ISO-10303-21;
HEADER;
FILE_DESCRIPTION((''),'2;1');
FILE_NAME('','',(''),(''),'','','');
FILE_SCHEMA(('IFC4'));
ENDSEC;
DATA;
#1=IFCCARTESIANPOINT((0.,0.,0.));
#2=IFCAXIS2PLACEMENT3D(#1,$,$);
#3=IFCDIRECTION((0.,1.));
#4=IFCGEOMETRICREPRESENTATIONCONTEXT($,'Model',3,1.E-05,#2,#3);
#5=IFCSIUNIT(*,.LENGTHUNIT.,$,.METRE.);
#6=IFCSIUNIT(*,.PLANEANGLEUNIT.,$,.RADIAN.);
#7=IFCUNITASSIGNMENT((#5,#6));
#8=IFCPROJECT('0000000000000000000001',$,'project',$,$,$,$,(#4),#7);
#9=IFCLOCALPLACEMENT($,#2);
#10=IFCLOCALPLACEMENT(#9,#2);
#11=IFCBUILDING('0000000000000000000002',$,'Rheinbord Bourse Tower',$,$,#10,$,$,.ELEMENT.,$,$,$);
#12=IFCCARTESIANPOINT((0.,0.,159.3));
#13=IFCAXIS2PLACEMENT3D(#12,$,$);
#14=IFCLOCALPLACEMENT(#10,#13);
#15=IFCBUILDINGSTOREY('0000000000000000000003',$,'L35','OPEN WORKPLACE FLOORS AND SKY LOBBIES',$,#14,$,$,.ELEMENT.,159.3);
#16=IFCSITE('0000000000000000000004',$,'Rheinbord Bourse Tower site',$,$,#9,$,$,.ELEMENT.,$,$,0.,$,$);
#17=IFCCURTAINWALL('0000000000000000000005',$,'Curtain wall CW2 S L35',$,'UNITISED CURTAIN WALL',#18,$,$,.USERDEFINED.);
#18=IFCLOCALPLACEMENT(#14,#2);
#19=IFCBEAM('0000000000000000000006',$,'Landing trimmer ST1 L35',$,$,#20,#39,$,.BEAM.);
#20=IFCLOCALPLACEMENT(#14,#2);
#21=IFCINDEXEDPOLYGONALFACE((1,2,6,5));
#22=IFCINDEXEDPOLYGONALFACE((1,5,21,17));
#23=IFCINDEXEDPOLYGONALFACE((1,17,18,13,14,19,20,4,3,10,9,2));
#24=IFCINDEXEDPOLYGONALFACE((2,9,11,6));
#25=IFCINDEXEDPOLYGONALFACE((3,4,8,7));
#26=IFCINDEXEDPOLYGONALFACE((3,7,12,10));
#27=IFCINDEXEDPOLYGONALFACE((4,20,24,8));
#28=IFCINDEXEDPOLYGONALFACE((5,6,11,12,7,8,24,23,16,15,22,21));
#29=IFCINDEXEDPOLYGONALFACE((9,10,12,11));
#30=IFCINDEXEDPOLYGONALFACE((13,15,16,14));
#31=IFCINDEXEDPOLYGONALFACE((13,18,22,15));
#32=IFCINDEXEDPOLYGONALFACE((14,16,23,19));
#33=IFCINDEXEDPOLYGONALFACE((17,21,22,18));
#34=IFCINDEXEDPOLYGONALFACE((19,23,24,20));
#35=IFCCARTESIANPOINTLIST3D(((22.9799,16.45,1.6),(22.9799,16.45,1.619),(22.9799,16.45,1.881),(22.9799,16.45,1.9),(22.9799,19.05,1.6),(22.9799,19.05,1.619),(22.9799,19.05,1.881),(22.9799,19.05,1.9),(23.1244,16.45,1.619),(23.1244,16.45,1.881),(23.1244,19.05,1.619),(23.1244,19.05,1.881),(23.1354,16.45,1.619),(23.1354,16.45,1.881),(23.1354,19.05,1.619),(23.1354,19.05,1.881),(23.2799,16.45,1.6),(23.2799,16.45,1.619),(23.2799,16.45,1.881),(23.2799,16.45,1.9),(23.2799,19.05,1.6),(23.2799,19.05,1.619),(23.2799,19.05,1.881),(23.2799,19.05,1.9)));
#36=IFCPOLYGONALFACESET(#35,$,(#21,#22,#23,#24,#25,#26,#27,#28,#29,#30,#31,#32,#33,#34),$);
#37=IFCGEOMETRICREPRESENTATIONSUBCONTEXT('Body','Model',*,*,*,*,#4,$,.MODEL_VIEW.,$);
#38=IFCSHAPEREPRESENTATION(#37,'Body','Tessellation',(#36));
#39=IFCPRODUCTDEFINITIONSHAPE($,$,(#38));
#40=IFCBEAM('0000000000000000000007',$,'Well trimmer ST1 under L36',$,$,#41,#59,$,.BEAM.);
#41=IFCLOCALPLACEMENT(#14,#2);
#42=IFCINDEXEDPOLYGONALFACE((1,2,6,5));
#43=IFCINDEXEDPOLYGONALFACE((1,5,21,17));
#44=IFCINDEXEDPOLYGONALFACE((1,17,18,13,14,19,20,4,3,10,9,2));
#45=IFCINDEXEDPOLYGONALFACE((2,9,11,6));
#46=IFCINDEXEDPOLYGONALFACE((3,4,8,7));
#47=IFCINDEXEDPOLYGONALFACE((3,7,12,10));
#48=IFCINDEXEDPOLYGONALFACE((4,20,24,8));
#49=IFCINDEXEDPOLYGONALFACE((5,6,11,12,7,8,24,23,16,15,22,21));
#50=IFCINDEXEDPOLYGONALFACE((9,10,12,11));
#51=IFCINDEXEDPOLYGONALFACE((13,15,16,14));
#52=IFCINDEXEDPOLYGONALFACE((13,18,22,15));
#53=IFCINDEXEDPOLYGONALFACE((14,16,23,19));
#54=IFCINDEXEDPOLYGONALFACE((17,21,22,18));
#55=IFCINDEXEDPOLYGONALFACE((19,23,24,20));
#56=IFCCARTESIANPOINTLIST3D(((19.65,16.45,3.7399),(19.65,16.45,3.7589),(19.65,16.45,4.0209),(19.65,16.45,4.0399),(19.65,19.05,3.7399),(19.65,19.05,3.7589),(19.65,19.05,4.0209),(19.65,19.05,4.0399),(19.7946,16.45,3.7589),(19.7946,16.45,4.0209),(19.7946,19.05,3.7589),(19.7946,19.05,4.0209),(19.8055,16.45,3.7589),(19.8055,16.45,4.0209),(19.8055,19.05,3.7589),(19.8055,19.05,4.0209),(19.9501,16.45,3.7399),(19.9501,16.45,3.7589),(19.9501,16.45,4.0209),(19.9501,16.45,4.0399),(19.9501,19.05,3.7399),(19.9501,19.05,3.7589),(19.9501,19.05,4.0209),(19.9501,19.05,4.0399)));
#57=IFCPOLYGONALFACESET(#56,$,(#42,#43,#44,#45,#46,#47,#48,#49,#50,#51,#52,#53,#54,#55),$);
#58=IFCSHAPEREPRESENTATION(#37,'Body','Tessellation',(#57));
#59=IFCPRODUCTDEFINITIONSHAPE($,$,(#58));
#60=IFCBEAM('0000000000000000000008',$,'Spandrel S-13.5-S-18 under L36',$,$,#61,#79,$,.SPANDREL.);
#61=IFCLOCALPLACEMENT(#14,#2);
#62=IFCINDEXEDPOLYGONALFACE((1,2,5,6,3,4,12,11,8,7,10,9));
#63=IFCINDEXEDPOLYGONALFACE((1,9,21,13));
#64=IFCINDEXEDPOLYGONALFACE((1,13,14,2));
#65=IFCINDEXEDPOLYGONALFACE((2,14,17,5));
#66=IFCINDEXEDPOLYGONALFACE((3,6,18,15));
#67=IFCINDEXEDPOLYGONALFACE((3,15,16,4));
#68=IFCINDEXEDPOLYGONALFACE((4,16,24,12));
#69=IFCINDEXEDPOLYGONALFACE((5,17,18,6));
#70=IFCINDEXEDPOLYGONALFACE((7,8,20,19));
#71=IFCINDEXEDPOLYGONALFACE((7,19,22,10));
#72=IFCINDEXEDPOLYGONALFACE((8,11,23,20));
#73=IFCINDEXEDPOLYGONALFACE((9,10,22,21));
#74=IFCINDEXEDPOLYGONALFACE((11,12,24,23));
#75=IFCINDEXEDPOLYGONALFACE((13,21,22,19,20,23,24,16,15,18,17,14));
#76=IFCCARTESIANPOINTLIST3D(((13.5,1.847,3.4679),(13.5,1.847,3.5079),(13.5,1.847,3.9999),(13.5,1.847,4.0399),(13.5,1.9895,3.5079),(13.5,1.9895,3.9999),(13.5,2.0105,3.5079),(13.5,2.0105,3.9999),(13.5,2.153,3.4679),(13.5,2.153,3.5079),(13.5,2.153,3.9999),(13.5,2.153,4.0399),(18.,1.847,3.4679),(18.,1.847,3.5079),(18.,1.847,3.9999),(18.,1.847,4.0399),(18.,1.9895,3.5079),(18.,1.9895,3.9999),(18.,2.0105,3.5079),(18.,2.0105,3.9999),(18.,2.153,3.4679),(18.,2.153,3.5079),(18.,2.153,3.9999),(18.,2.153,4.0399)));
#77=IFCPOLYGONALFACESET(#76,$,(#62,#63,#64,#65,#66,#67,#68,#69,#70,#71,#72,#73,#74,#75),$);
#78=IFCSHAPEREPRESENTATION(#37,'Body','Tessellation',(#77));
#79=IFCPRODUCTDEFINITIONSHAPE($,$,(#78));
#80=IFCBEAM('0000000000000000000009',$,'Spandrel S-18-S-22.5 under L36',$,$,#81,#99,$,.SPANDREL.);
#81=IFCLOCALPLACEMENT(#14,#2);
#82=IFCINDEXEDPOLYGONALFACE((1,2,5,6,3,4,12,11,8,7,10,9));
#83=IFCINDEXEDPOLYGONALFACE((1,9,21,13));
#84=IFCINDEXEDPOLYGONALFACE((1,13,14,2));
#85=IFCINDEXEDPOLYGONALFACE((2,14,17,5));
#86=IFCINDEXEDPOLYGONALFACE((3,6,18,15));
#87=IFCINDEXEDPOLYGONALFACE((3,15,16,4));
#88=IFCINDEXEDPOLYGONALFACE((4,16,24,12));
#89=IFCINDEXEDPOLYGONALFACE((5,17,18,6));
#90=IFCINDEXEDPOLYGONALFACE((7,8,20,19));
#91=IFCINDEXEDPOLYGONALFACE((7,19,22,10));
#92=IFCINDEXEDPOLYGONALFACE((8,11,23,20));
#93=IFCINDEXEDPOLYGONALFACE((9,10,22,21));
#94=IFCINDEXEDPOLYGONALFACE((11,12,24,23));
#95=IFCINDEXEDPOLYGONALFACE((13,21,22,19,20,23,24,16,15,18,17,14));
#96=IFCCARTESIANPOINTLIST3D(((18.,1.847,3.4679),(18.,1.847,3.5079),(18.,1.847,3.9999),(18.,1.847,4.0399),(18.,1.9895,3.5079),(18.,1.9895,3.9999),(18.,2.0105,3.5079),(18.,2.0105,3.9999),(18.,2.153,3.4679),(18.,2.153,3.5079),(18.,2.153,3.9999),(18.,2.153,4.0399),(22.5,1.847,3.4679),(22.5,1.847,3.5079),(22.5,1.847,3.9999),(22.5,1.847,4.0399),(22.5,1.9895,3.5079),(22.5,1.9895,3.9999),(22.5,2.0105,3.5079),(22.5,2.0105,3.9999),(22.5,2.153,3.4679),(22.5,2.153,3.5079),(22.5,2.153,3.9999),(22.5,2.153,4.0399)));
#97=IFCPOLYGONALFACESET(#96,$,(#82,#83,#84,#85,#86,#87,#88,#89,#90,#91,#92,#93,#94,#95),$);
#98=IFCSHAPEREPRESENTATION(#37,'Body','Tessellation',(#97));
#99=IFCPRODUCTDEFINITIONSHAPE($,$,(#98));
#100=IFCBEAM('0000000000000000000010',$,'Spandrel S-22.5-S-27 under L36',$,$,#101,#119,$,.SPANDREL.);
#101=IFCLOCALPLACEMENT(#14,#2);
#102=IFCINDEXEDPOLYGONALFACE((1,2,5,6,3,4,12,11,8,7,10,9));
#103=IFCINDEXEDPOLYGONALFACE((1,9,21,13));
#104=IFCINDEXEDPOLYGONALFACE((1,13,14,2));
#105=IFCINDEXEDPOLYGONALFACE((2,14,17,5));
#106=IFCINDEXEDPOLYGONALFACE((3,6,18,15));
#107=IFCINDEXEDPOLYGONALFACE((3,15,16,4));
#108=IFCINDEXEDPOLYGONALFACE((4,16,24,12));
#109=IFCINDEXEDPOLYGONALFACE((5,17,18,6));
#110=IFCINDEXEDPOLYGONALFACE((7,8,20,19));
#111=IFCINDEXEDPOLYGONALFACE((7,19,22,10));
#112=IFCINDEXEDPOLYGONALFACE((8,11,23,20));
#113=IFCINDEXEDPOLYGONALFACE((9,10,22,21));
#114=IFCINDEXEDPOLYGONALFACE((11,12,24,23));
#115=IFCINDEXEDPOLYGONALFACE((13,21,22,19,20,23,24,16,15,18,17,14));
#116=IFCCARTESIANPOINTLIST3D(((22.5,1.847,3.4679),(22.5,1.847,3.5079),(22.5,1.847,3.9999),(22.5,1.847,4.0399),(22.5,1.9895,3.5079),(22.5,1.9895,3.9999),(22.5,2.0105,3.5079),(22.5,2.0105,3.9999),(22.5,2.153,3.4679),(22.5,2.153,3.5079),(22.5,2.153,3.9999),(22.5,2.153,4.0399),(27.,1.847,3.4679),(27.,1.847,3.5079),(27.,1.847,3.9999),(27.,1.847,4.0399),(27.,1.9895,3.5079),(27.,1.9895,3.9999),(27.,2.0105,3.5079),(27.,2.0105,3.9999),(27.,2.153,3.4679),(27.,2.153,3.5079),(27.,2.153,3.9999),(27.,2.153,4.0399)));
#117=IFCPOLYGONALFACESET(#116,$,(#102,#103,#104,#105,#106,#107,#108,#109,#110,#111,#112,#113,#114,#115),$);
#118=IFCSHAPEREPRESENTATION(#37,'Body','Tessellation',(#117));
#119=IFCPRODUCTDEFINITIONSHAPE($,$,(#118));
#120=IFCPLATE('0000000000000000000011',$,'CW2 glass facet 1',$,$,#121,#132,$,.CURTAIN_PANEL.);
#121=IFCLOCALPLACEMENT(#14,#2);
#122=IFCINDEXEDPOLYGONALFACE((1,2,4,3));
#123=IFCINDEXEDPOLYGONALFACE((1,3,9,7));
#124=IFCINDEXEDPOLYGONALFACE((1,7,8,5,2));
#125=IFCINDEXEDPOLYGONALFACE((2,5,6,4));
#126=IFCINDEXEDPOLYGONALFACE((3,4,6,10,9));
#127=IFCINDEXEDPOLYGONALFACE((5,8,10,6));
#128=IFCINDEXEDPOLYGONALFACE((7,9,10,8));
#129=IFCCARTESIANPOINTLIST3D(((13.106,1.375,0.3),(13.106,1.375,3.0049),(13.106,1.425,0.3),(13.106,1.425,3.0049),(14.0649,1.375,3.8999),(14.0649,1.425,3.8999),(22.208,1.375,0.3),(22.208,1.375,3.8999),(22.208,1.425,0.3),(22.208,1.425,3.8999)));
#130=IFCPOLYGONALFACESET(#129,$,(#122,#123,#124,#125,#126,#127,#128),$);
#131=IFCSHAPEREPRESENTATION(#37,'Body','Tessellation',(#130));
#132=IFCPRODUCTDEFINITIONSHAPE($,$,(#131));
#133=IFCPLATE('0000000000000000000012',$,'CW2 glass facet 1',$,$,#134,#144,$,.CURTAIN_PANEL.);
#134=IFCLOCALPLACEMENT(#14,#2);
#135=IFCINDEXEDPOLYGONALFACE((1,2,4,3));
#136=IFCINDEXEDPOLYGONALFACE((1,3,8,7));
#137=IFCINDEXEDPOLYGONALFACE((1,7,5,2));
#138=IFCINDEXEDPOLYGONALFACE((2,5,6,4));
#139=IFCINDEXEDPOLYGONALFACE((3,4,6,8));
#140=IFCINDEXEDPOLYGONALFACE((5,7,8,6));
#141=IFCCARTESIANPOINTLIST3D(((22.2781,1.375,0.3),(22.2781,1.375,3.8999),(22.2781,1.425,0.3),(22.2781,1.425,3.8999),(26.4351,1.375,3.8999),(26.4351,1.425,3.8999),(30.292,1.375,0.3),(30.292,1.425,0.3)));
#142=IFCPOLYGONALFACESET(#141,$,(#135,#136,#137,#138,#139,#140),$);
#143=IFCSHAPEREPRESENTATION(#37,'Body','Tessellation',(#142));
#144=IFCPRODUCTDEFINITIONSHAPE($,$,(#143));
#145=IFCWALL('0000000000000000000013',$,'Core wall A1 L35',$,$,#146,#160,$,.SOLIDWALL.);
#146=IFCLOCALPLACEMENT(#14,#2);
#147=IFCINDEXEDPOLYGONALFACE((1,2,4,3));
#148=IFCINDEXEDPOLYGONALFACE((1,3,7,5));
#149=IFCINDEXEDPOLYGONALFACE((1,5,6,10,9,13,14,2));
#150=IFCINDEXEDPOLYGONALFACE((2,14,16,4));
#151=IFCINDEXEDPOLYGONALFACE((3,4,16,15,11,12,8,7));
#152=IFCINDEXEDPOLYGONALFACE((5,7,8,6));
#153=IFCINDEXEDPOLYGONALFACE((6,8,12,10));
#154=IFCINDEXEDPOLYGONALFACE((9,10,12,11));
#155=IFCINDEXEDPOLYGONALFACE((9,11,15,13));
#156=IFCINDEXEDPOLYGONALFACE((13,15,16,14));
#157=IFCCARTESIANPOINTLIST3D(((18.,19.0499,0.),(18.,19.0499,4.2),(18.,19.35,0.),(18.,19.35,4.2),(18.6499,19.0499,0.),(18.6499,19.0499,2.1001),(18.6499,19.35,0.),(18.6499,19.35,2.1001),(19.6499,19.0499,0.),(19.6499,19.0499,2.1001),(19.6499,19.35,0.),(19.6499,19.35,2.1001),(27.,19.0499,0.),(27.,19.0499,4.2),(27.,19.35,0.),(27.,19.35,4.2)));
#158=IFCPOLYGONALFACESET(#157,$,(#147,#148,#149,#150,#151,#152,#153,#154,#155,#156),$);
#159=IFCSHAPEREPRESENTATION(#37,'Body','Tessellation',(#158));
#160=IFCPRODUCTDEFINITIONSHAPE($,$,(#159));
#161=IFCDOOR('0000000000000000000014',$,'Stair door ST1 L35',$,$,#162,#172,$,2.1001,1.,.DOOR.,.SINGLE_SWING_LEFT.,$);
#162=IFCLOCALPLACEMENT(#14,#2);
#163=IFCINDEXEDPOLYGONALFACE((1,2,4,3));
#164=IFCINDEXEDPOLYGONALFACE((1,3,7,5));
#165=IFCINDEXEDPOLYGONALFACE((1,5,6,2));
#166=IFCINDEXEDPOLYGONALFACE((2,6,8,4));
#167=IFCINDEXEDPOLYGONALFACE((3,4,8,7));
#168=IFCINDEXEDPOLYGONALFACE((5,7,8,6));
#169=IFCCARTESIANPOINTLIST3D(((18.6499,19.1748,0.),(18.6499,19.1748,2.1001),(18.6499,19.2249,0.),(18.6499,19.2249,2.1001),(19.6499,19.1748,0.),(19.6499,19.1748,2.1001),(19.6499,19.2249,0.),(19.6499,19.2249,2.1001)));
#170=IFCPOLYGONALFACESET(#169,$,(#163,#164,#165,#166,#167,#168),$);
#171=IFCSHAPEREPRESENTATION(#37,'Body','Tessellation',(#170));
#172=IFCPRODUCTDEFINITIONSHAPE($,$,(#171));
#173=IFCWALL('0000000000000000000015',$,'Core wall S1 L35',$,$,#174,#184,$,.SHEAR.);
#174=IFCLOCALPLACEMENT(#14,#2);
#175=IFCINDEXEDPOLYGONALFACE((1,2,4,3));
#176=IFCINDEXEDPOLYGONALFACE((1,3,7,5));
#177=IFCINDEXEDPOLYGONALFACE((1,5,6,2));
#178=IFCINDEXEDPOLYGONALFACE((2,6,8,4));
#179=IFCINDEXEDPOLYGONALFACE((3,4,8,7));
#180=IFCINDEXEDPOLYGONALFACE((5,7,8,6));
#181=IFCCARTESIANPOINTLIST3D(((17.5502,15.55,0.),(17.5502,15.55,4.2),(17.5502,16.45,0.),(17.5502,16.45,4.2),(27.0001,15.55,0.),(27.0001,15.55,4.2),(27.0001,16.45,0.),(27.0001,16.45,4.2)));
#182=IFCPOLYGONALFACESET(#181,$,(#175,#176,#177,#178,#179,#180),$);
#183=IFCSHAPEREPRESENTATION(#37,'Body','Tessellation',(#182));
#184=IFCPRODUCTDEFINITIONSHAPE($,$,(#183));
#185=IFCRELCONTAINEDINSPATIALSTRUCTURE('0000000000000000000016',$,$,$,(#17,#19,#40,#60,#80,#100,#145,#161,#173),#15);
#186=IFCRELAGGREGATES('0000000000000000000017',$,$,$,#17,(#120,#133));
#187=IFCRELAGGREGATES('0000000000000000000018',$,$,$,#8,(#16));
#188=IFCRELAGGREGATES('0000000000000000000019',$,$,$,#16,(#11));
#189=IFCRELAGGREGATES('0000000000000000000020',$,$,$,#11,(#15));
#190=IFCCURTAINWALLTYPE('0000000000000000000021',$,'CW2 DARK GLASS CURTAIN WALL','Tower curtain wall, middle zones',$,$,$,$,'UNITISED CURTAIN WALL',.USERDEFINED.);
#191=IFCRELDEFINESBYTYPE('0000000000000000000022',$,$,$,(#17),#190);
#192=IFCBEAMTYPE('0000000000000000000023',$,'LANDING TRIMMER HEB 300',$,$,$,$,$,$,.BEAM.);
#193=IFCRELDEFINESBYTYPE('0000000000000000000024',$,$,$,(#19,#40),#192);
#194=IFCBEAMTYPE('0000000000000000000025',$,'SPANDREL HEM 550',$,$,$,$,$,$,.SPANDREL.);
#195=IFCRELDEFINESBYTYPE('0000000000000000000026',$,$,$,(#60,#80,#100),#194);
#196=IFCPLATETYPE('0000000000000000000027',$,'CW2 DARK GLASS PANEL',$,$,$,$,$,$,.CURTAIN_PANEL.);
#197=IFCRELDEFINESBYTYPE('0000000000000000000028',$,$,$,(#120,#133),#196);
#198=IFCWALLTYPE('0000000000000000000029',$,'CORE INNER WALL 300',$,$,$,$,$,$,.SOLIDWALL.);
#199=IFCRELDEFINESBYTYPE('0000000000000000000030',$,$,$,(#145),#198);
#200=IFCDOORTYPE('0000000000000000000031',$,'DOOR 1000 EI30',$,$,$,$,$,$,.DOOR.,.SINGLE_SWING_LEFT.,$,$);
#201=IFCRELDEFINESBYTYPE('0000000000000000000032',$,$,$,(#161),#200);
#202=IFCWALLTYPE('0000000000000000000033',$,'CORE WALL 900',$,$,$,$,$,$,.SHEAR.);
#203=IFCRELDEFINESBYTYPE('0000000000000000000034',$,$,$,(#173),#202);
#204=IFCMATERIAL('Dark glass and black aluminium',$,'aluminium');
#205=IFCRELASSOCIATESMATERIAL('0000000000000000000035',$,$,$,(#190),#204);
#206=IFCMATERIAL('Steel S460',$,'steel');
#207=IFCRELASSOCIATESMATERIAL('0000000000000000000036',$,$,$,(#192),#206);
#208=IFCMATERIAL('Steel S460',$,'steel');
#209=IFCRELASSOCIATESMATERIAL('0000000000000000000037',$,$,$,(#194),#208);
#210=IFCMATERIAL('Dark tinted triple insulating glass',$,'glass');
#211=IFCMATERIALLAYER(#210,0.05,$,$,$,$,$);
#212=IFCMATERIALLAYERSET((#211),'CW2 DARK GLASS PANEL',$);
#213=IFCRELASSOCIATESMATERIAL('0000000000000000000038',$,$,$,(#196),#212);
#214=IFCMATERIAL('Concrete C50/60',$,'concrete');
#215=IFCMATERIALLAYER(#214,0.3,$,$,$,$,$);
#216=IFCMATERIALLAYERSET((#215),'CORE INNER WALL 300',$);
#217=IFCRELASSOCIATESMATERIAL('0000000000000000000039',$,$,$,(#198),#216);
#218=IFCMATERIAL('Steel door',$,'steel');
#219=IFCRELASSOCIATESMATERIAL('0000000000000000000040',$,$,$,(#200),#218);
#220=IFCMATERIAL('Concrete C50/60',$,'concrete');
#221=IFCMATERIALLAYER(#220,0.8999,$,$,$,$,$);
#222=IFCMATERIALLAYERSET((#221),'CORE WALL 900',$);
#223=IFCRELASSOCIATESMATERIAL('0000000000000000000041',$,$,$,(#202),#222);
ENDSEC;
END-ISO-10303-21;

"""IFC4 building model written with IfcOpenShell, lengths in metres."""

from ifc_helpers import new_model, si_unit, direction, frame, frame_2d, origin, origin_2d, place, context, subcontext, project, spatial, polyline, rectangle, i_section, outline, extrude, material, layer, layer_set, material_profile, profile_set, type_object, element, fill, aggregate, save


model = new_model("IFC4")

# Units and contexts
model_context = context("Model", 3, precision=1e-05, world=origin(), true_north=direction((0.0, 1.0)))
body_context = subcontext(model_context, "Body", "Model", "MODEL_VIEW")
ifc_project = project(units=[si_unit("LENGTHUNIT", "METRE"), si_unit("PLANEANGLEUNIT", "RADIAN")], contexts=[model_context])

# Site, building, storey
site_placement = place(None, origin())
site = spatial("IfcSite", under=ifc_project, at=site_placement, Name="Rheinbord Bourse Tower site", CompositionType="ELEMENT", RefElevation=0.0)
building_placement = place(site_placement, origin())
building = spatial("IfcBuilding", under=site, at=building_placement, Name="Rheinbord Bourse Tower", CompositionType="ELEMENT")
storey_placement = place(building_placement, frame((0.0, 0.0, 159.3)))
storey = spatial("IfcBuildingStorey", under=building, at=storey_placement, Name="L35", Description="OPEN WORKPLACE FLOORS AND SKY LOBBIES", CompositionType="ELEMENT", Elevation=159.3)

# Curtain wall
ifc_material_1 = material(Name="Dark glass and black aluminium", Category="aluminium")
curtain_wall_type = type_object("IfcCurtainWallType", Name="CW2 DARK GLASS CURTAIN WALL", Description="Tower curtain wall, middle zones", ElementType="UNITISED CURTAIN WALL", PredefinedType="USERDEFINED", material=ifc_material_1)
curtain_wall_placement = place(storey_placement, origin())
curtain_wall = element("IfcCurtainWall", 1, at=curtain_wall_placement, inside=storey, type_object=curtain_wall_type, Name="Curtain wall CW2 S L35", ObjectType="UNITISED CURTAIN WALL", PredefinedType="USERDEFINED")

# Beams
ifc_material_2 = material(Name="Steel S460", Category="steel")
ifc_material_profile_1 = material_profile(ifc_material_2, i_section(OverallWidth=0.3, OverallDepth=0.3, WebThickness=0.011, FlangeThickness=0.019, at=origin_2d()), Name="HEB 300")
ifc_profile_set_1 = profile_set([ifc_material_profile_1], Name="Steel S460")
beam_type_1 = type_object("IfcBeamType", Name="LANDING TRIMMER HEB 300", PredefinedType="BEAM", material=ifc_profile_set_1)
for number, where, z_axis, x_axis, name in (
    (2, (23.1299, 16.45, 1.75), (0.0, 1.0, 0.0), (-1.0, 0.0, 0.0), "Landing trimmer ST1 L35"),
    (3, (19.8, 16.45, 3.8899), (0.0, 1.0, 0.0), (-1.0, 0.0, 0.0), "Well trimmer ST1 under L36"),
):
    element("IfcBeam", number, at=place(storey_placement, frame(where, z_axis=z_axis, x_axis=x_axis)), inside=storey, type_object=beam_type_1, Name=name, PredefinedType="BEAM", context=body_context, shape_type="SweptSolid", body=[
        extrude(i_section(OverallWidth=0.3, OverallDepth=0.3, WebThickness=0.011, FlangeThickness=0.019, at=origin_2d()), origin(), (0.0, 0.0, 1.0), 2.6001),
    ])
ifc_material_3 = material(Name="Steel S460", Category="steel")
ifc_material_profile_2 = material_profile(ifc_material_3, i_section(OverallWidth=0.3059, OverallDepth=0.572, WebThickness=0.021, FlangeThickness=0.04, at=origin_2d()), Name="HEM 550")
ifc_profile_set_2 = profile_set([ifc_material_profile_2], Name="Steel S460")
beam_type_2 = type_object("IfcBeamType", Name="SPANDREL HEM 550", PredefinedType="SPANDREL", material=ifc_profile_set_2)
for number, where, z_axis, x_axis, name in (
    (4, (13.5, 2.0, 3.7539), (1.0, 0.0, 0.0), (0.0, 1.0, 0.0), "Spandrel S-13.5-S-18 under L36"),
    (5, (18.0, 2.0, 3.7539), (1.0, 0.0, 0.0), (0.0, 1.0, 0.0), "Spandrel S-18-S-22.5 under L36"),
    (6, (22.5, 2.0, 3.7539), (1.0, 0.0, 0.0), (0.0, 1.0, 0.0), "Spandrel S-22.5-S-27 under L36"),
):
    element("IfcBeam", number, at=place(storey_placement, frame(where, z_axis=z_axis, x_axis=x_axis)), inside=storey, type_object=beam_type_2, Name=name, PredefinedType="SPANDREL", context=body_context, shape_type="SweptSolid", body=[
        extrude(i_section(OverallWidth=0.3059, OverallDepth=0.572, WebThickness=0.021, FlangeThickness=0.04, at=origin_2d()), origin(), (0.0, 0.0, 1.0), 4.5),
    ])

# Plates
ifc_material_4 = material(Name="Dark tinted triple insulating glass", Category="glass")
ifc_layer_1 = layer(ifc_material_4, 0.05)
ifc_layer_set_1 = layer_set([ifc_layer_1], Name="CW2 DARK GLASS PANEL")
plate_type = type_object("IfcPlateType", Name="CW2 DARK GLASS PANEL", PredefinedType="CURTAIN_PANEL", material=ifc_layer_set_1)
plate_1_placement = place(storey_placement, frame((22.208, 1.375, 3.8999), z_axis=(0.0, 1.0, 0.0), x_axis=(0.0, 0.0, -1.0)))
plate_1 = element("IfcPlate", 7, at=plate_1_placement, type_object=plate_type, Name="CW2 glass facet 1", PredefinedType="CURTAIN_PANEL", context=body_context, shape_type="SweptSolid", body=[
    extrude(outline(polyline([(0.0, 0.0), (3.5999, 0.0), (3.5999, 9.1021), (0.895, 9.1021), (0.0, 8.1431), (0.0, 0.0)])), origin(), (0.0, 0.0, 1.0), 0.05),
])
plate_2_placement = place(storey_placement, frame((22.2781, 1.375, 0.3), z_axis=(0.0, 1.0, 0.0), x_axis=(0.0, 0.0, 1.0)))
plate_2 = element("IfcPlate", 8, at=plate_2_placement, type_object=plate_type, Name="CW2 glass facet 1", PredefinedType="CURTAIN_PANEL", context=body_context, shape_type="SweptSolid", body=[
    extrude(outline(polyline([(0.0, 0.0), (3.5999, 0.0), (3.5999, 4.157), (0.0, 8.0139), (0.0, 0.0)])), origin(), (0.0, 0.0, 1.0), 0.05),
])
aggregate(curtain_wall, [plate_1, plate_2])

# Wall, opening, door
ifc_material_5 = material(Name="Concrete C50/60", Category="concrete")
ifc_layer_2 = layer(ifc_material_5, 0.3)
ifc_layer_set_2 = layer_set([ifc_layer_2], Name="CORE INNER WALL 300")
wall_type_1 = type_object("IfcWallType", Name="CORE INNER WALL 300", PredefinedType="SOLIDWALL", material=ifc_layer_set_2)
wall_1_placement = place(storey_placement, frame((18.0, 19.2, 0.0), z_axis=(0.0, 0.0, 1.0), x_axis=(1.0, 0.0, 0.0)))
wall_1 = element("IfcWall", 9, at=wall_1_placement, inside=storey, type_object=wall_type_1, Name="Core wall A1 L35", PredefinedType="SOLIDWALL", context=body_context, shape_type="SweptSolid", body=[
    extrude(rectangle(XDim=9.0, YDim=0.3, at=frame_2d((4.5, 0.0))), origin(), (0.0, 0.0, 1.0), 4.2),
])
opening_1_placement = place(wall_1_placement, frame((0.6499, 0.0, 0.0)))
opening_1 = element("IfcOpeningElement", 10, at=opening_1_placement, cuts=wall_1, PredefinedType="OPENING", context=body_context, shape_type="SweptSolid", body=[
    extrude(rectangle(XDim=1.0, YDim=2.1001, at=frame_2d((0.5, 1.05))), frame((0.0, 0.1599, 0.0), z_axis=(0.0, -1.0, 0.0), x_axis=(1.0, 0.0, 0.0)), (0.0, 0.0, 1.0), 0.3201),
])
ifc_material_6 = material(Name="Steel door", Category="steel")
door_type_1 = type_object("IfcDoorType", Name="DOOR 1000 EI30", OperationType="SINGLE_SWING_LEFT", PredefinedType="DOOR", material=ifc_material_6)
door_1_placement = place(opening_1_placement, origin())
door_1 = element("IfcDoor", 11, at=door_1_placement, inside=storey, type_object=door_type_1, Name="Stair door ST1 L35", OperationType="SINGLE_SWING_LEFT", OverallHeight=2.1001, OverallWidth=1.0, PredefinedType="DOOR", context=body_context, shape_type="SweptSolid", body=[
    extrude(rectangle(XDim=1.0, YDim=2.1001, at=frame_2d((0.5, 1.05))), frame((0.0, 0.0249, 0.0), z_axis=(0.0, -1.0, 0.0), x_axis=(1.0, 0.0, 0.0)), (0.0, 0.0, 1.0), 0.05),
])
fill(opening_1, door_1)

# Wall
ifc_material_7 = material(Name="Concrete C50/60", Category="concrete")
ifc_layer_3 = layer(ifc_material_7, 0.8999)
ifc_layer_set_3 = layer_set([ifc_layer_3], Name="CORE WALL 900")
wall_type_2 = type_object("IfcWallType", Name="CORE WALL 900", PredefinedType="SHEAR", material=ifc_layer_set_3)
wall_2_placement = place(storey_placement, frame((17.55, 16.0, 0.0), z_axis=(0.0, 0.0, 1.0), x_axis=(1.0, 0.0, 0.0)))
element("IfcWall", 12, at=wall_2_placement, inside=storey, type_object=wall_type_2, Name="Core wall S1 L35", PredefinedType="SHEAR", context=body_context, shape_type="SweptSolid", body=[
    extrude(rectangle(XDim=9.45, YDim=0.8999, at=frame_2d((4.7251, 0.0))), origin(), (0.0, 0.0, 1.0), 4.2),
])

save(model, "model.ifc")
